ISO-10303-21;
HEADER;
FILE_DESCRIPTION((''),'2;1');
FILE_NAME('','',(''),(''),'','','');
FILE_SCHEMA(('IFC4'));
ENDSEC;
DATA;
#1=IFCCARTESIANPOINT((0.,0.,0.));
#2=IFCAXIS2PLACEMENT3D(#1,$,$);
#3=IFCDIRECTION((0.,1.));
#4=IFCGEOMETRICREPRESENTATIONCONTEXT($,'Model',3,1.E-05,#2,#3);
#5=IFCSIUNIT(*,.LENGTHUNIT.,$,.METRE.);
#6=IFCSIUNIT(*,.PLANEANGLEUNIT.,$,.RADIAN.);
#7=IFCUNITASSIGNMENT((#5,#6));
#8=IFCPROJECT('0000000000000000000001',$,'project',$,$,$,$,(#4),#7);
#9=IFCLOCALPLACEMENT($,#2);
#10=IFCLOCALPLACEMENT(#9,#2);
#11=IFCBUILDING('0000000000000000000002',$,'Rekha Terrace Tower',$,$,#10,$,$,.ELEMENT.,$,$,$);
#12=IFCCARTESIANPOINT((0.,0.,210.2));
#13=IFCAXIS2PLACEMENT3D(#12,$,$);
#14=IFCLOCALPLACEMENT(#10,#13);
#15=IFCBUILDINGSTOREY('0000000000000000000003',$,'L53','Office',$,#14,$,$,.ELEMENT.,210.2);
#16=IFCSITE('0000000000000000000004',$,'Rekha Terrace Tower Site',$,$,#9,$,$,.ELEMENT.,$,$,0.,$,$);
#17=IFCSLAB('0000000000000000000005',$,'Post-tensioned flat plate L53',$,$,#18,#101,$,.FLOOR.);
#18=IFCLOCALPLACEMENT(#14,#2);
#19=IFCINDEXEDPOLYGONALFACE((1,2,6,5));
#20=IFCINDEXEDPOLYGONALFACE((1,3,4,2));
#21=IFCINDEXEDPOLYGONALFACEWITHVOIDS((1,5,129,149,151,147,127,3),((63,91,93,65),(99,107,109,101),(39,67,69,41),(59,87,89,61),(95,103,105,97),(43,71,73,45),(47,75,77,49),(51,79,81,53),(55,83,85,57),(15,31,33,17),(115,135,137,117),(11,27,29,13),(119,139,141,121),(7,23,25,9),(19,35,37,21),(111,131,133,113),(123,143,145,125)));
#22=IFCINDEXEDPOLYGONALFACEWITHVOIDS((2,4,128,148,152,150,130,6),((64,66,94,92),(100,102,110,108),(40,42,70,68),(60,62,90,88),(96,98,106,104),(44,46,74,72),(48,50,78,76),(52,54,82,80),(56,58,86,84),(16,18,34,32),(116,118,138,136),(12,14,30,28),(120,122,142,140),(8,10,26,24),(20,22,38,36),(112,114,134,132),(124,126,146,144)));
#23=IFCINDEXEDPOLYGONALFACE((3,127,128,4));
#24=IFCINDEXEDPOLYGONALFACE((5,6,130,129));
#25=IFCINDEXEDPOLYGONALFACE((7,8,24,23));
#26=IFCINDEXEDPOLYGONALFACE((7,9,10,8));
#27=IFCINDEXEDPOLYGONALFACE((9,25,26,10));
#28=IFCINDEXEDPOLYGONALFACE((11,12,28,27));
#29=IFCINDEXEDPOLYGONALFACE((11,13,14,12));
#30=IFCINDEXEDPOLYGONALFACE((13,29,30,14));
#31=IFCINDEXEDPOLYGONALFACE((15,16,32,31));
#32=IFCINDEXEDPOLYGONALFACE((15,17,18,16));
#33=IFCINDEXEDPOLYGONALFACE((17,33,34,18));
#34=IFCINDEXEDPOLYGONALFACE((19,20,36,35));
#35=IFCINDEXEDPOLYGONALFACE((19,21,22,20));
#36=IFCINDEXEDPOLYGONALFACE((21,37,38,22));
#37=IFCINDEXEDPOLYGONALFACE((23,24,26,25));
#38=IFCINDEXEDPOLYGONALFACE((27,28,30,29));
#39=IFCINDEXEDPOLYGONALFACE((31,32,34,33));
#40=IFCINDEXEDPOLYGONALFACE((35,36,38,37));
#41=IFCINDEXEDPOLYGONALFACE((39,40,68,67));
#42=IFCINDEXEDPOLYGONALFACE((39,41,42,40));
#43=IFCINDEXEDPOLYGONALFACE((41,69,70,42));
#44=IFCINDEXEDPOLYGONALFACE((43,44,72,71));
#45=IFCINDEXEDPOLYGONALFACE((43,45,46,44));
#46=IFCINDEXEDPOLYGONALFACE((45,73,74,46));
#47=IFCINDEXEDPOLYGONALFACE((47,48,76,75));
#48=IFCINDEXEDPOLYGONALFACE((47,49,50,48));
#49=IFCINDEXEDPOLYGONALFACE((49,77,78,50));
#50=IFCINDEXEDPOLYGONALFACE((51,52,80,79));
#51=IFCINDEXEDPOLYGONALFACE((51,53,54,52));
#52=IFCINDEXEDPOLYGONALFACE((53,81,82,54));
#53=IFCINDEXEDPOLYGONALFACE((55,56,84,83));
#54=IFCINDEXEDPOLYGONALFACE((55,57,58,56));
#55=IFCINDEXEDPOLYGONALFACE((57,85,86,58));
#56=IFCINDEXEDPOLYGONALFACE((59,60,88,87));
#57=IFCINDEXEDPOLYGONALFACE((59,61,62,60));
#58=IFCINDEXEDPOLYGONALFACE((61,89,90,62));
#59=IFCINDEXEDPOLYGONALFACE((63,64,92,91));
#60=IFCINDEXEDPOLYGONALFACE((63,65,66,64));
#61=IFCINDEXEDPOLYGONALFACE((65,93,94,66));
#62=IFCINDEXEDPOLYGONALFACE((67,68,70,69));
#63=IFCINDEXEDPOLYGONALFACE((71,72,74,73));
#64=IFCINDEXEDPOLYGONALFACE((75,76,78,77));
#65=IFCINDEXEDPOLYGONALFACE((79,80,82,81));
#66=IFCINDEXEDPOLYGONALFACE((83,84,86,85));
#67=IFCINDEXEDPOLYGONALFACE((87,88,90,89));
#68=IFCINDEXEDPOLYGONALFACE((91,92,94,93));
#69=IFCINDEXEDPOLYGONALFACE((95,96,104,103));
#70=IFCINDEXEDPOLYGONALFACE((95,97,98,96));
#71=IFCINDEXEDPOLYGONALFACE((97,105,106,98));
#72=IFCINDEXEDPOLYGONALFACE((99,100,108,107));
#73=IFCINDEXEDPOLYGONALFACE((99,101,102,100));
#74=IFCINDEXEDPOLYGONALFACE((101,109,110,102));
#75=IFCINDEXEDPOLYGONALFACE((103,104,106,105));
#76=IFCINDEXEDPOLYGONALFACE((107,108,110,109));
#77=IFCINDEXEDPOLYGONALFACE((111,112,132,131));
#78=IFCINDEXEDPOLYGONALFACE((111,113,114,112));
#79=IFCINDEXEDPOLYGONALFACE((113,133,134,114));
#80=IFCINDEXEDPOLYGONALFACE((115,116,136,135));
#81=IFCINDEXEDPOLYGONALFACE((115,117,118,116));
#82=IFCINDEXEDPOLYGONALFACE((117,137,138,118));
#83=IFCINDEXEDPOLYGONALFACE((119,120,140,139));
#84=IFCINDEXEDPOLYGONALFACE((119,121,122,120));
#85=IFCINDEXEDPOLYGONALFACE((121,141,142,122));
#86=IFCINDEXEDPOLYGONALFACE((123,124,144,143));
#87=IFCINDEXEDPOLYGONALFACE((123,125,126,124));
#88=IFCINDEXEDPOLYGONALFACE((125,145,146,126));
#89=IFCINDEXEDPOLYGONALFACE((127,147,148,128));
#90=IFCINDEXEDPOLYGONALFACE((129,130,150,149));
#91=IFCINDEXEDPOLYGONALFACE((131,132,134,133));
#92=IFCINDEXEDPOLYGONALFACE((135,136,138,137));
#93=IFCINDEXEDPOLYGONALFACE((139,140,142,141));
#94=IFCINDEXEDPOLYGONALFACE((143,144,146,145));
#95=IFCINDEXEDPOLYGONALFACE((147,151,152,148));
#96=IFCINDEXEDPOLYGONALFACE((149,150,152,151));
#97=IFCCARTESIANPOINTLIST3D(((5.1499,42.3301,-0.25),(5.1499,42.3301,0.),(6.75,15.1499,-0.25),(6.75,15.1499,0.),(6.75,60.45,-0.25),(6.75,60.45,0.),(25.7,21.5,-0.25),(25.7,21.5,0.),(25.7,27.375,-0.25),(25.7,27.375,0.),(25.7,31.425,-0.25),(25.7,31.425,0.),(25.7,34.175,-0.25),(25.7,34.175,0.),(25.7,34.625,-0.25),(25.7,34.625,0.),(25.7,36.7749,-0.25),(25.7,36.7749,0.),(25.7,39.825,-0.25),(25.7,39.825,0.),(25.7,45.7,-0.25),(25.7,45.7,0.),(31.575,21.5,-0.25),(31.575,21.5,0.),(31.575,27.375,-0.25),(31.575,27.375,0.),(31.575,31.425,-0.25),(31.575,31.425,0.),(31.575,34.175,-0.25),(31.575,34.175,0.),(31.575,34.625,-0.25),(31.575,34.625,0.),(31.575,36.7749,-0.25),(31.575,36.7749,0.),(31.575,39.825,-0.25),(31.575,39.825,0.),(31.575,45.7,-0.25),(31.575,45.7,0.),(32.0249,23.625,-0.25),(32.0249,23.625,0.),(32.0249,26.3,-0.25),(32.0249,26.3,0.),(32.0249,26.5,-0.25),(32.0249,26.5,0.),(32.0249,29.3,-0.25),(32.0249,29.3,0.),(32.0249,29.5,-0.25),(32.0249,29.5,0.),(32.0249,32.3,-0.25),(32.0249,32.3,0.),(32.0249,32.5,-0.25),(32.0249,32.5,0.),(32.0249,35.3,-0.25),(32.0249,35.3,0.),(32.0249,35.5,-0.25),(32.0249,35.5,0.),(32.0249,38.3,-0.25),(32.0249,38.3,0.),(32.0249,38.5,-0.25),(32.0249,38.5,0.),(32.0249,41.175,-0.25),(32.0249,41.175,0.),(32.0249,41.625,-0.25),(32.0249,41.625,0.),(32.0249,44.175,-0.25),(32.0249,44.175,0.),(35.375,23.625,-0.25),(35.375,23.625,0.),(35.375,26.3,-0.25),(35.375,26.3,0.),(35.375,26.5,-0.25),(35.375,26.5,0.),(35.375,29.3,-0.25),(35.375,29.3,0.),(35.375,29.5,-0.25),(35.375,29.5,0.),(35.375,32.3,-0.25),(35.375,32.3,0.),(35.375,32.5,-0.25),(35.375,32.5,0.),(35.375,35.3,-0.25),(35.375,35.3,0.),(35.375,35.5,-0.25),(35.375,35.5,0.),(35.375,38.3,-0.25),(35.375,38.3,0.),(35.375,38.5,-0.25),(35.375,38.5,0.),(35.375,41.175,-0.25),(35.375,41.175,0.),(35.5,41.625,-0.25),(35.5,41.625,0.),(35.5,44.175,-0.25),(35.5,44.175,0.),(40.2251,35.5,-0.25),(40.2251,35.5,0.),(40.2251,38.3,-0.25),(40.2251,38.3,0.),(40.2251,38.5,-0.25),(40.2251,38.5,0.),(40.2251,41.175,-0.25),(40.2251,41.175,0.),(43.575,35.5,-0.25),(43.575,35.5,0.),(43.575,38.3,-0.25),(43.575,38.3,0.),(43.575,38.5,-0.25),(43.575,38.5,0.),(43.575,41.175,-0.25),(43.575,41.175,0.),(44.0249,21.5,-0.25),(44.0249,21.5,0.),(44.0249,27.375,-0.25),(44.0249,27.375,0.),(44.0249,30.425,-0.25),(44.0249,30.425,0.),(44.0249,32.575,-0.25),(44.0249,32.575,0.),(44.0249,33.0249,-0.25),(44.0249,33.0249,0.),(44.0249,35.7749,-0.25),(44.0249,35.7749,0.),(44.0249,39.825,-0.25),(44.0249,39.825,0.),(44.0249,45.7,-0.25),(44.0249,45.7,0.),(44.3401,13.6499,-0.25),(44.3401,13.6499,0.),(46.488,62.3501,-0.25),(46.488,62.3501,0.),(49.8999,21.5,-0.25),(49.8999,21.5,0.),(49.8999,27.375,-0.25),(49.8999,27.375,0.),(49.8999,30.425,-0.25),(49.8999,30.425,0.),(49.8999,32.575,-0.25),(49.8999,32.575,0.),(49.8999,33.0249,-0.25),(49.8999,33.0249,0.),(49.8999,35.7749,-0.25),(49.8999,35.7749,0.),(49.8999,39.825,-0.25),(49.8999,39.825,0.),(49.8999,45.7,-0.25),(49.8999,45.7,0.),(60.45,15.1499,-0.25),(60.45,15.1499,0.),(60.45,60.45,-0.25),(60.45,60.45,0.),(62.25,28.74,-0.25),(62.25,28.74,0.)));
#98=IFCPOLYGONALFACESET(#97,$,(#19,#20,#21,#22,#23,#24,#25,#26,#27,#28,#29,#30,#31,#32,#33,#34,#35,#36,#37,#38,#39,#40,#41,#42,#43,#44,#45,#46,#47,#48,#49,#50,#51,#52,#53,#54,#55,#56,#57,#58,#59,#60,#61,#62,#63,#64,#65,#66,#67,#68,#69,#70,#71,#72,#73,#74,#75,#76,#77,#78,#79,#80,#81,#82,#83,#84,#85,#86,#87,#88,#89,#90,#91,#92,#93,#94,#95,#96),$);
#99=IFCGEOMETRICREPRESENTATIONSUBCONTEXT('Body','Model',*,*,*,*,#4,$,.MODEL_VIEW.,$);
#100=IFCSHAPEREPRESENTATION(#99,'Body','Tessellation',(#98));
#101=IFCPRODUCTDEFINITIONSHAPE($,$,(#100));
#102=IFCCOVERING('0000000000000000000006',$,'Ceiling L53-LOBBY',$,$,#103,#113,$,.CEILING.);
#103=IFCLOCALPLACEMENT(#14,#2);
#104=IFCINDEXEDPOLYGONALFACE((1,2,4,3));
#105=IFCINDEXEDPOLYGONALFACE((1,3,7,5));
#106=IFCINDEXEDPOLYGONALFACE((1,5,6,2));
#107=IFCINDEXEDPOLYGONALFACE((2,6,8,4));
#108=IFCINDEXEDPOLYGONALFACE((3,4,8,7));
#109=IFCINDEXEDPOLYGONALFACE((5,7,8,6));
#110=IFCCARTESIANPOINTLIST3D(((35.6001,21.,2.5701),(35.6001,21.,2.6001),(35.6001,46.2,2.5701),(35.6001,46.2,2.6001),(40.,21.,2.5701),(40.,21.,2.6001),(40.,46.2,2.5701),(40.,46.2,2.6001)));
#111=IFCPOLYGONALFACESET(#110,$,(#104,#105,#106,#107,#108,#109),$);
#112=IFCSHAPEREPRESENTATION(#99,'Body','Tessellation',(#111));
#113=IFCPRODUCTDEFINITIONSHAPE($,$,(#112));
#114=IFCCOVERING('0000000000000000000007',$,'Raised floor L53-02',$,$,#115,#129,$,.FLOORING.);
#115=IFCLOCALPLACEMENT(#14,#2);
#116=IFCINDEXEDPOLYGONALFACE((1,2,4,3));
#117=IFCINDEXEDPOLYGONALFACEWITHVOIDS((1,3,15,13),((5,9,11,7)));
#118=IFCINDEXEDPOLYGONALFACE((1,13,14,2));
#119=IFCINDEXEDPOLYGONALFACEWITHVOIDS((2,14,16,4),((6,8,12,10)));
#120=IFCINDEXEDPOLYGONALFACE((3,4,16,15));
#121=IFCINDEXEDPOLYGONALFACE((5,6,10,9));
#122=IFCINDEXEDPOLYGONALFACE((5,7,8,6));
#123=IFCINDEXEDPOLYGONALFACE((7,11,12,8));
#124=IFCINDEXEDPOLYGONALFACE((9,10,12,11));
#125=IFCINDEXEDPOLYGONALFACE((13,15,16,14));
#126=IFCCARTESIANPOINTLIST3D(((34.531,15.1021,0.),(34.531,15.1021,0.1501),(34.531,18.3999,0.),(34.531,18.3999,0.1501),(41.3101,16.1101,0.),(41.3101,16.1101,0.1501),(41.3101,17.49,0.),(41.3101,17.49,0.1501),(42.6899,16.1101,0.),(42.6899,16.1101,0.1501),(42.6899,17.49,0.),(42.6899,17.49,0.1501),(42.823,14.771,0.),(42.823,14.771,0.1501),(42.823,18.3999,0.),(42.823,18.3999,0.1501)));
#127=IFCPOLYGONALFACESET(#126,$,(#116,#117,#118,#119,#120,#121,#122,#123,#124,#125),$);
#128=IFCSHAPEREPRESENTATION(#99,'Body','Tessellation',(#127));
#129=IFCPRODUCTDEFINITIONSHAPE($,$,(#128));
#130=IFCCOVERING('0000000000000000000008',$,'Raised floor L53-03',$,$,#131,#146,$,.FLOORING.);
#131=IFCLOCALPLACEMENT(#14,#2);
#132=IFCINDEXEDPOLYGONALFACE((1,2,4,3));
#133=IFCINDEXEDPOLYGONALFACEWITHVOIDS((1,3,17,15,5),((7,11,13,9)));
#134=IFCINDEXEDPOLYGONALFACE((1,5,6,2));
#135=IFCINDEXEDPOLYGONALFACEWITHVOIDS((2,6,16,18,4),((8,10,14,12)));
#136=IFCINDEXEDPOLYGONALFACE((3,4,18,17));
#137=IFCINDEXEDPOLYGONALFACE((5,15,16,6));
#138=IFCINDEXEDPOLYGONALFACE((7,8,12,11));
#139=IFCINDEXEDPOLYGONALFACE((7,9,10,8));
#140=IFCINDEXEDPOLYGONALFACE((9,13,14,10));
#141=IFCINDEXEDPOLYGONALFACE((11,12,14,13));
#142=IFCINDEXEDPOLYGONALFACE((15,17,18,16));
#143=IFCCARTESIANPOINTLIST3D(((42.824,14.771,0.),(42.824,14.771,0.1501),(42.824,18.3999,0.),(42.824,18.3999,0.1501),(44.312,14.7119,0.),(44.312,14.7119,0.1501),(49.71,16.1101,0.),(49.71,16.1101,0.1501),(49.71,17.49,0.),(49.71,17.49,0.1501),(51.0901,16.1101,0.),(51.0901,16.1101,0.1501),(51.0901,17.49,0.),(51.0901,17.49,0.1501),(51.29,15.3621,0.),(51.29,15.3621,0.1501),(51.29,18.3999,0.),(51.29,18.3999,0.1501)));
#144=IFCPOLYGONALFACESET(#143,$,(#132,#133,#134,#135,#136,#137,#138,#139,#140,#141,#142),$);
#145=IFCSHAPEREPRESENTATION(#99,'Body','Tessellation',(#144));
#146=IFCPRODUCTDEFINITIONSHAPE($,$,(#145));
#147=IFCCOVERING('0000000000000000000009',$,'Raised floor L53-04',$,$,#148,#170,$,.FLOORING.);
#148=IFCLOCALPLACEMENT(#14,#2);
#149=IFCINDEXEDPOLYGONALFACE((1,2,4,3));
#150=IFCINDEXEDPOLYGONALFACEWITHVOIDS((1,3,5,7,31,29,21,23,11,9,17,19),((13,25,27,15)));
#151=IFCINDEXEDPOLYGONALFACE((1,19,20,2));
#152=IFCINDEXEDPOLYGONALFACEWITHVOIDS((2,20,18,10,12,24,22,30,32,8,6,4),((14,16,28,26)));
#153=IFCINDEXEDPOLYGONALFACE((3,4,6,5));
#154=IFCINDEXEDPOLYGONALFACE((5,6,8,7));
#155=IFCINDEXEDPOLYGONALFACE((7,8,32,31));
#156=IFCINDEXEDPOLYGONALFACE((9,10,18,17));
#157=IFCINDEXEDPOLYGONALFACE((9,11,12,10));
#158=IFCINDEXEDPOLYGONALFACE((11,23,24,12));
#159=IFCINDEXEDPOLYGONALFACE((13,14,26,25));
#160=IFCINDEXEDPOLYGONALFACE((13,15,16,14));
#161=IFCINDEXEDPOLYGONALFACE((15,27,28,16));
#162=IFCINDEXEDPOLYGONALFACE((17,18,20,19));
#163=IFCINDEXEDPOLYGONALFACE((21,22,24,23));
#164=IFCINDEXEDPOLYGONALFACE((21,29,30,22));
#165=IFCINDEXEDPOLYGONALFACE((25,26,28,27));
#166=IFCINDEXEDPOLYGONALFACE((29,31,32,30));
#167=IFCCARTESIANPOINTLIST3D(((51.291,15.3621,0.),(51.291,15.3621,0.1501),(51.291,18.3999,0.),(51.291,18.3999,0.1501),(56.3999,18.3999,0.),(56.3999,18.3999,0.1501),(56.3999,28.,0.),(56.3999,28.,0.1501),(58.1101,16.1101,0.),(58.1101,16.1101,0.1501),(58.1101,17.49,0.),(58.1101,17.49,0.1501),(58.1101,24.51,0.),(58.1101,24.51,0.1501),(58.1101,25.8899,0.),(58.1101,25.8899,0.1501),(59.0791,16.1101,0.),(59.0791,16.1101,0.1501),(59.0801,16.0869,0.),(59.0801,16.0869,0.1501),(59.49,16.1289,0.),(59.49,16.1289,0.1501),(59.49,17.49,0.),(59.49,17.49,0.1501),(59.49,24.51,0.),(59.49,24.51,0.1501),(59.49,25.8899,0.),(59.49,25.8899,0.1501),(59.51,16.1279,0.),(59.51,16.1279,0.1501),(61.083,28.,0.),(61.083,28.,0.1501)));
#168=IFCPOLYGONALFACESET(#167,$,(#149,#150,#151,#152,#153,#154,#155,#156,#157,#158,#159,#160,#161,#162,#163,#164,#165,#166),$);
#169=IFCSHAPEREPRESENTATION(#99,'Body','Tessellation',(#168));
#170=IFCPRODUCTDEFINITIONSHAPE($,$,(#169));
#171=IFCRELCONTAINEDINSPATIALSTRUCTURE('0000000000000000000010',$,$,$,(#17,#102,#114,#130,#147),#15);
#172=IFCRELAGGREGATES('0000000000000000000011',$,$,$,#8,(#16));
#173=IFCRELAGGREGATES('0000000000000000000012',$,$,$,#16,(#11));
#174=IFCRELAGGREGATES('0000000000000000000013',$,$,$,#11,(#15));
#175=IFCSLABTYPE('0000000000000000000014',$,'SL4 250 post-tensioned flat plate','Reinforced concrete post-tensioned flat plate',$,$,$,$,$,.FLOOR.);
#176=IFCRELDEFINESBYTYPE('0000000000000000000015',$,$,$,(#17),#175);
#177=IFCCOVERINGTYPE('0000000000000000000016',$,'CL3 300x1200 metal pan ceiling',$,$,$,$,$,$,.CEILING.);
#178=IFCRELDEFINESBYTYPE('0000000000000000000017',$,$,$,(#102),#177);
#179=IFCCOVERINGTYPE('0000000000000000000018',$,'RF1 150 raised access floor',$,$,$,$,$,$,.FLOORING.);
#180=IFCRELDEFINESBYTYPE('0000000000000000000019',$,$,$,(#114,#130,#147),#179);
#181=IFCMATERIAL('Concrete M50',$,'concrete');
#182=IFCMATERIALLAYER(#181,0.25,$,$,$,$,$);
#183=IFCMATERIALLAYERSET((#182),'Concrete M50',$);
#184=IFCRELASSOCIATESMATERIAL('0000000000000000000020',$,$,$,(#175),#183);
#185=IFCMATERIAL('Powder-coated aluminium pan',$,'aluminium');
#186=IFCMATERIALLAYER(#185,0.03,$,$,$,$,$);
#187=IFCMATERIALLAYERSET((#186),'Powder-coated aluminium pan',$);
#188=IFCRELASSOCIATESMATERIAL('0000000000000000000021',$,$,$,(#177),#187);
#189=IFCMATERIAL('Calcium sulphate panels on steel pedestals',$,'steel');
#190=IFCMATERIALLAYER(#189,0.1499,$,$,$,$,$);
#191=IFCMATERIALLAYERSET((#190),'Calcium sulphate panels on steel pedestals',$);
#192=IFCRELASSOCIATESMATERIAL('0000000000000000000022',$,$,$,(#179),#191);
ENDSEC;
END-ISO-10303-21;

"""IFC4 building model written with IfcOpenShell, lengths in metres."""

from ifc_helpers import new_model, si_unit, direction, frame, origin, place, context, subcontext, project, spatial, polyline, outline, extrude, material, layer, layer_set, type_object, element, save


model = new_model("IFC4")

# Units and contexts
model_context = context("Model", 3, precision=1e-05, world=origin(), true_north=direction((0.0, 1.0)))
body_context = subcontext(model_context, "Body", "Model", "MODEL_VIEW")
ifc_project = project(units=[si_unit("LENGTHUNIT", "METRE"), si_unit("PLANEANGLEUNIT", "RADIAN")], contexts=[model_context])

# Site, building, storey
site_placement = place(None, origin())
site = spatial("IfcSite", under=ifc_project, at=site_placement, Name="Rekha Terrace Tower Site", CompositionType="ELEMENT", RefElevation=0.0)
building_placement = place(site_placement, origin())
building = spatial("IfcBuilding", under=site, at=building_placement, Name="Rekha Terrace Tower", CompositionType="ELEMENT")
storey_placement = place(building_placement, frame((0.0, 0.0, 210.2)))
storey = spatial("IfcBuildingStorey", under=building, at=storey_placement, Name="L53", Description="Office", CompositionType="ELEMENT", Elevation=210.2)

# Slab
ifc_material_1 = material(Name="Concrete M50", Category="concrete")
ifc_layer_1 = layer(ifc_material_1, 0.25)
ifc_layer_set_1 = layer_set([ifc_layer_1], Name="Concrete M50")
slab_type_1 = type_object("IfcSlabType", Name="SL4 250 post-tensioned flat plate", Description="Reinforced concrete post-tensioned flat plate", PredefinedType="FLOOR", material=ifc_layer_set_1)
slab_1_placement = place(storey_placement, frame((0.0, 0.0, -0.25)))
element("IfcSlab", 1, at=slab_1_placement, inside=storey, type_object=slab_type_1, Name="Post-tensioned flat plate L53", PredefinedType="FLOOR", context=body_context, shape_type="SweptSolid", body=[
    extrude(outline(polyline([(5.1499, 42.3301), (6.75, 15.1499), (44.3401, 13.6499), (60.45, 15.1499), (62.25, 28.74), (60.45, 60.45), (46.488, 62.3501), (6.75, 60.45), (5.1499, 42.3301)]), holes=[polyline([(31.575, 27.375), (31.575, 21.5), (25.7, 21.5), (25.7, 27.375), (31.575, 27.375)]), polyline([(35.375, 26.3), (35.375, 23.625), (32.0249, 23.625), (32.0249, 26.3), (35.375, 26.3)]), polyline([(35.375, 29.3), (35.375, 26.5), (32.0249, 26.5), (32.0249, 29.3), (35.375, 29.3)]), polyline([(35.375, 32.3), (35.375, 29.5), (32.0249, 29.5), (32.0249, 32.3), (35.375, 32.3)]), polyline([(31.575, 34.175), (31.575, 31.425), (25.7, 31.425), (25.7, 34.175), (31.575, 34.175)]), polyline([(35.375, 35.3), (35.375, 32.5), (32.0249, 32.5), (32.0249, 35.3), (35.375, 35.3)]), polyline([(31.575, 36.7749), (31.575, 34.625), (25.7, 34.625), (25.7, 36.7749), (31.575, 36.7749)]), polyline([(35.375, 38.3), (35.375, 35.5), (32.0249, 35.5), (32.0249, 38.3), (35.375, 38.3)]), polyline([(31.575, 45.7), (31.575, 39.825), (25.7, 39.825), (25.7, 45.7), (31.575, 45.7)]), polyline([(49.8999, 27.375), (49.8999, 21.5), (44.0249, 21.5), (44.0249, 27.375), (49.8999, 27.375)]), polyline([(49.8999, 32.575), (49.8999, 30.425), (44.0249, 30.425), (44.0249, 32.575), (49.8999, 32.575)]), polyline([(49.8999, 35.7749), (49.8999, 33.0249), (44.0249, 33.0249), (44.0249, 35.7749), (49.8999, 35.7749)]), polyline([(43.575, 38.3), (43.575, 35.5), (40.2251, 35.5), (40.2251, 38.3), (43.575, 38.3)]), polyline([(35.375, 41.175), (35.375, 38.5), (32.0249, 38.5), (32.0249, 41.175), (35.375, 41.175)]), polyline([(43.575, 41.175), (43.575, 38.5), (40.2251, 38.5), (40.2251, 41.175), (43.575, 41.175)]), polyline([(49.8999, 39.825), (44.0249, 39.825), (44.0249, 45.7), (49.8999, 45.7), (49.8999, 39.825)]), polyline([(35.5, 41.625), (32.0249, 41.625), (32.0249, 44.175), (35.5, 44.175), (35.5, 41.625)])]), origin(), (0.0, 0.0, 1.0), 0.25),
])

# Coverings
ifc_material_2 = material(Name="Powder-coated aluminium pan", Category="aluminium")
ifc_layer_2 = layer(ifc_material_2, 0.03)
ifc_layer_set_2 = layer_set([ifc_layer_2], Name="Powder-coated aluminium pan")
covering_type_1 = type_object("IfcCoveringType", Name="CL3 300x1200 metal pan ceiling", PredefinedType="CEILING", material=ifc_layer_set_2)
covering_1_placement = place(storey_placement, frame((0.0, 0.0, 2.5701)))
element("IfcCovering", 2, at=covering_1_placement, inside=storey, type_object=covering_type_1, Name="Ceiling L53-LOBBY", PredefinedType="CEILING", context=body_context, shape_type="SweptSolid", body=[
    extrude(outline(polyline([(40.0, 46.2), (35.6001, 46.2), (35.6001, 21.0), (40.0, 21.0), (40.0, 46.2)])), origin(), (0.0, 0.0, 1.0), 0.03),
])
ifc_material_3 = material(Name="Calcium sulphate panels on steel pedestals", Category="steel")
ifc_layer_3 = layer(ifc_material_3, 0.1499)
ifc_layer_set_3 = layer_set([ifc_layer_3], Name="Calcium sulphate panels on steel pedestals")
covering_type_2 = type_object("IfcCoveringType", Name="RF1 150 raised access floor", PredefinedType="FLOORING", material=ifc_layer_set_3)
covering_2_placement = place(storey_placement, origin())
element("IfcCovering", 3, at=covering_2_placement, inside=storey, type_object=covering_type_2, Name="Raised floor L53-02", PredefinedType="FLOORING", context=body_context, shape_type="SweptSolid", body=[
    extrude(outline(polyline([(34.531, 18.3999), (34.531, 15.1021), (42.823, 14.771), (42.823, 18.3999), (34.531, 18.3999)]), holes=[polyline([(42.6899, 17.49), (42.6899, 16.1101), (41.3101, 16.1101), (41.3101, 17.49), (42.6899, 17.49)])]), origin(), (0.0, 0.0, 1.0), 0.1501),
])
covering_3_placement = place(storey_placement, origin())
element("IfcCovering", 4, at=covering_3_placement, inside=storey, type_object=covering_type_2, Name="Raised floor L53-03", PredefinedType="FLOORING", context=body_context, shape_type="SweptSolid", body=[
    extrude(outline(polyline([(42.824, 14.771), (44.312, 14.7119), (51.29, 15.3621), (51.29, 18.3999), (42.824, 18.3999), (42.824, 14.771)]), holes=[polyline([(51.0901, 16.1101), (49.71, 16.1101), (49.71, 17.49), (51.0901, 17.49), (51.0901, 16.1101)])]), origin(), (0.0, 0.0, 1.0), 0.1501),
])
covering_4_placement = place(storey_placement, origin())
element("IfcCovering", 5, at=covering_4_placement, inside=storey, type_object=covering_type_2, Name="Raised floor L53-04", PredefinedType="FLOORING", context=body_context, shape_type="SweptSolid", body=[
    extrude(outline(polyline([(59.49, 16.1289), (59.51, 16.1279), (61.083, 28.0), (56.3999, 28.0), (56.3999, 18.3999), (51.291, 18.3999), (51.291, 15.3621), (59.0801, 16.0869), (59.0791, 16.1101), (58.1101, 16.1101), (58.1101, 17.49), (59.49, 17.49), (59.49, 16.1289)]), holes=[polyline([(59.49, 24.51), (58.1101, 24.51), (58.1101, 25.8899), (59.49, 25.8899), (59.49, 24.51)])]), origin(), (0.0, 0.0, 1.0), 0.1501),
])

save(model, "model.ifc")
